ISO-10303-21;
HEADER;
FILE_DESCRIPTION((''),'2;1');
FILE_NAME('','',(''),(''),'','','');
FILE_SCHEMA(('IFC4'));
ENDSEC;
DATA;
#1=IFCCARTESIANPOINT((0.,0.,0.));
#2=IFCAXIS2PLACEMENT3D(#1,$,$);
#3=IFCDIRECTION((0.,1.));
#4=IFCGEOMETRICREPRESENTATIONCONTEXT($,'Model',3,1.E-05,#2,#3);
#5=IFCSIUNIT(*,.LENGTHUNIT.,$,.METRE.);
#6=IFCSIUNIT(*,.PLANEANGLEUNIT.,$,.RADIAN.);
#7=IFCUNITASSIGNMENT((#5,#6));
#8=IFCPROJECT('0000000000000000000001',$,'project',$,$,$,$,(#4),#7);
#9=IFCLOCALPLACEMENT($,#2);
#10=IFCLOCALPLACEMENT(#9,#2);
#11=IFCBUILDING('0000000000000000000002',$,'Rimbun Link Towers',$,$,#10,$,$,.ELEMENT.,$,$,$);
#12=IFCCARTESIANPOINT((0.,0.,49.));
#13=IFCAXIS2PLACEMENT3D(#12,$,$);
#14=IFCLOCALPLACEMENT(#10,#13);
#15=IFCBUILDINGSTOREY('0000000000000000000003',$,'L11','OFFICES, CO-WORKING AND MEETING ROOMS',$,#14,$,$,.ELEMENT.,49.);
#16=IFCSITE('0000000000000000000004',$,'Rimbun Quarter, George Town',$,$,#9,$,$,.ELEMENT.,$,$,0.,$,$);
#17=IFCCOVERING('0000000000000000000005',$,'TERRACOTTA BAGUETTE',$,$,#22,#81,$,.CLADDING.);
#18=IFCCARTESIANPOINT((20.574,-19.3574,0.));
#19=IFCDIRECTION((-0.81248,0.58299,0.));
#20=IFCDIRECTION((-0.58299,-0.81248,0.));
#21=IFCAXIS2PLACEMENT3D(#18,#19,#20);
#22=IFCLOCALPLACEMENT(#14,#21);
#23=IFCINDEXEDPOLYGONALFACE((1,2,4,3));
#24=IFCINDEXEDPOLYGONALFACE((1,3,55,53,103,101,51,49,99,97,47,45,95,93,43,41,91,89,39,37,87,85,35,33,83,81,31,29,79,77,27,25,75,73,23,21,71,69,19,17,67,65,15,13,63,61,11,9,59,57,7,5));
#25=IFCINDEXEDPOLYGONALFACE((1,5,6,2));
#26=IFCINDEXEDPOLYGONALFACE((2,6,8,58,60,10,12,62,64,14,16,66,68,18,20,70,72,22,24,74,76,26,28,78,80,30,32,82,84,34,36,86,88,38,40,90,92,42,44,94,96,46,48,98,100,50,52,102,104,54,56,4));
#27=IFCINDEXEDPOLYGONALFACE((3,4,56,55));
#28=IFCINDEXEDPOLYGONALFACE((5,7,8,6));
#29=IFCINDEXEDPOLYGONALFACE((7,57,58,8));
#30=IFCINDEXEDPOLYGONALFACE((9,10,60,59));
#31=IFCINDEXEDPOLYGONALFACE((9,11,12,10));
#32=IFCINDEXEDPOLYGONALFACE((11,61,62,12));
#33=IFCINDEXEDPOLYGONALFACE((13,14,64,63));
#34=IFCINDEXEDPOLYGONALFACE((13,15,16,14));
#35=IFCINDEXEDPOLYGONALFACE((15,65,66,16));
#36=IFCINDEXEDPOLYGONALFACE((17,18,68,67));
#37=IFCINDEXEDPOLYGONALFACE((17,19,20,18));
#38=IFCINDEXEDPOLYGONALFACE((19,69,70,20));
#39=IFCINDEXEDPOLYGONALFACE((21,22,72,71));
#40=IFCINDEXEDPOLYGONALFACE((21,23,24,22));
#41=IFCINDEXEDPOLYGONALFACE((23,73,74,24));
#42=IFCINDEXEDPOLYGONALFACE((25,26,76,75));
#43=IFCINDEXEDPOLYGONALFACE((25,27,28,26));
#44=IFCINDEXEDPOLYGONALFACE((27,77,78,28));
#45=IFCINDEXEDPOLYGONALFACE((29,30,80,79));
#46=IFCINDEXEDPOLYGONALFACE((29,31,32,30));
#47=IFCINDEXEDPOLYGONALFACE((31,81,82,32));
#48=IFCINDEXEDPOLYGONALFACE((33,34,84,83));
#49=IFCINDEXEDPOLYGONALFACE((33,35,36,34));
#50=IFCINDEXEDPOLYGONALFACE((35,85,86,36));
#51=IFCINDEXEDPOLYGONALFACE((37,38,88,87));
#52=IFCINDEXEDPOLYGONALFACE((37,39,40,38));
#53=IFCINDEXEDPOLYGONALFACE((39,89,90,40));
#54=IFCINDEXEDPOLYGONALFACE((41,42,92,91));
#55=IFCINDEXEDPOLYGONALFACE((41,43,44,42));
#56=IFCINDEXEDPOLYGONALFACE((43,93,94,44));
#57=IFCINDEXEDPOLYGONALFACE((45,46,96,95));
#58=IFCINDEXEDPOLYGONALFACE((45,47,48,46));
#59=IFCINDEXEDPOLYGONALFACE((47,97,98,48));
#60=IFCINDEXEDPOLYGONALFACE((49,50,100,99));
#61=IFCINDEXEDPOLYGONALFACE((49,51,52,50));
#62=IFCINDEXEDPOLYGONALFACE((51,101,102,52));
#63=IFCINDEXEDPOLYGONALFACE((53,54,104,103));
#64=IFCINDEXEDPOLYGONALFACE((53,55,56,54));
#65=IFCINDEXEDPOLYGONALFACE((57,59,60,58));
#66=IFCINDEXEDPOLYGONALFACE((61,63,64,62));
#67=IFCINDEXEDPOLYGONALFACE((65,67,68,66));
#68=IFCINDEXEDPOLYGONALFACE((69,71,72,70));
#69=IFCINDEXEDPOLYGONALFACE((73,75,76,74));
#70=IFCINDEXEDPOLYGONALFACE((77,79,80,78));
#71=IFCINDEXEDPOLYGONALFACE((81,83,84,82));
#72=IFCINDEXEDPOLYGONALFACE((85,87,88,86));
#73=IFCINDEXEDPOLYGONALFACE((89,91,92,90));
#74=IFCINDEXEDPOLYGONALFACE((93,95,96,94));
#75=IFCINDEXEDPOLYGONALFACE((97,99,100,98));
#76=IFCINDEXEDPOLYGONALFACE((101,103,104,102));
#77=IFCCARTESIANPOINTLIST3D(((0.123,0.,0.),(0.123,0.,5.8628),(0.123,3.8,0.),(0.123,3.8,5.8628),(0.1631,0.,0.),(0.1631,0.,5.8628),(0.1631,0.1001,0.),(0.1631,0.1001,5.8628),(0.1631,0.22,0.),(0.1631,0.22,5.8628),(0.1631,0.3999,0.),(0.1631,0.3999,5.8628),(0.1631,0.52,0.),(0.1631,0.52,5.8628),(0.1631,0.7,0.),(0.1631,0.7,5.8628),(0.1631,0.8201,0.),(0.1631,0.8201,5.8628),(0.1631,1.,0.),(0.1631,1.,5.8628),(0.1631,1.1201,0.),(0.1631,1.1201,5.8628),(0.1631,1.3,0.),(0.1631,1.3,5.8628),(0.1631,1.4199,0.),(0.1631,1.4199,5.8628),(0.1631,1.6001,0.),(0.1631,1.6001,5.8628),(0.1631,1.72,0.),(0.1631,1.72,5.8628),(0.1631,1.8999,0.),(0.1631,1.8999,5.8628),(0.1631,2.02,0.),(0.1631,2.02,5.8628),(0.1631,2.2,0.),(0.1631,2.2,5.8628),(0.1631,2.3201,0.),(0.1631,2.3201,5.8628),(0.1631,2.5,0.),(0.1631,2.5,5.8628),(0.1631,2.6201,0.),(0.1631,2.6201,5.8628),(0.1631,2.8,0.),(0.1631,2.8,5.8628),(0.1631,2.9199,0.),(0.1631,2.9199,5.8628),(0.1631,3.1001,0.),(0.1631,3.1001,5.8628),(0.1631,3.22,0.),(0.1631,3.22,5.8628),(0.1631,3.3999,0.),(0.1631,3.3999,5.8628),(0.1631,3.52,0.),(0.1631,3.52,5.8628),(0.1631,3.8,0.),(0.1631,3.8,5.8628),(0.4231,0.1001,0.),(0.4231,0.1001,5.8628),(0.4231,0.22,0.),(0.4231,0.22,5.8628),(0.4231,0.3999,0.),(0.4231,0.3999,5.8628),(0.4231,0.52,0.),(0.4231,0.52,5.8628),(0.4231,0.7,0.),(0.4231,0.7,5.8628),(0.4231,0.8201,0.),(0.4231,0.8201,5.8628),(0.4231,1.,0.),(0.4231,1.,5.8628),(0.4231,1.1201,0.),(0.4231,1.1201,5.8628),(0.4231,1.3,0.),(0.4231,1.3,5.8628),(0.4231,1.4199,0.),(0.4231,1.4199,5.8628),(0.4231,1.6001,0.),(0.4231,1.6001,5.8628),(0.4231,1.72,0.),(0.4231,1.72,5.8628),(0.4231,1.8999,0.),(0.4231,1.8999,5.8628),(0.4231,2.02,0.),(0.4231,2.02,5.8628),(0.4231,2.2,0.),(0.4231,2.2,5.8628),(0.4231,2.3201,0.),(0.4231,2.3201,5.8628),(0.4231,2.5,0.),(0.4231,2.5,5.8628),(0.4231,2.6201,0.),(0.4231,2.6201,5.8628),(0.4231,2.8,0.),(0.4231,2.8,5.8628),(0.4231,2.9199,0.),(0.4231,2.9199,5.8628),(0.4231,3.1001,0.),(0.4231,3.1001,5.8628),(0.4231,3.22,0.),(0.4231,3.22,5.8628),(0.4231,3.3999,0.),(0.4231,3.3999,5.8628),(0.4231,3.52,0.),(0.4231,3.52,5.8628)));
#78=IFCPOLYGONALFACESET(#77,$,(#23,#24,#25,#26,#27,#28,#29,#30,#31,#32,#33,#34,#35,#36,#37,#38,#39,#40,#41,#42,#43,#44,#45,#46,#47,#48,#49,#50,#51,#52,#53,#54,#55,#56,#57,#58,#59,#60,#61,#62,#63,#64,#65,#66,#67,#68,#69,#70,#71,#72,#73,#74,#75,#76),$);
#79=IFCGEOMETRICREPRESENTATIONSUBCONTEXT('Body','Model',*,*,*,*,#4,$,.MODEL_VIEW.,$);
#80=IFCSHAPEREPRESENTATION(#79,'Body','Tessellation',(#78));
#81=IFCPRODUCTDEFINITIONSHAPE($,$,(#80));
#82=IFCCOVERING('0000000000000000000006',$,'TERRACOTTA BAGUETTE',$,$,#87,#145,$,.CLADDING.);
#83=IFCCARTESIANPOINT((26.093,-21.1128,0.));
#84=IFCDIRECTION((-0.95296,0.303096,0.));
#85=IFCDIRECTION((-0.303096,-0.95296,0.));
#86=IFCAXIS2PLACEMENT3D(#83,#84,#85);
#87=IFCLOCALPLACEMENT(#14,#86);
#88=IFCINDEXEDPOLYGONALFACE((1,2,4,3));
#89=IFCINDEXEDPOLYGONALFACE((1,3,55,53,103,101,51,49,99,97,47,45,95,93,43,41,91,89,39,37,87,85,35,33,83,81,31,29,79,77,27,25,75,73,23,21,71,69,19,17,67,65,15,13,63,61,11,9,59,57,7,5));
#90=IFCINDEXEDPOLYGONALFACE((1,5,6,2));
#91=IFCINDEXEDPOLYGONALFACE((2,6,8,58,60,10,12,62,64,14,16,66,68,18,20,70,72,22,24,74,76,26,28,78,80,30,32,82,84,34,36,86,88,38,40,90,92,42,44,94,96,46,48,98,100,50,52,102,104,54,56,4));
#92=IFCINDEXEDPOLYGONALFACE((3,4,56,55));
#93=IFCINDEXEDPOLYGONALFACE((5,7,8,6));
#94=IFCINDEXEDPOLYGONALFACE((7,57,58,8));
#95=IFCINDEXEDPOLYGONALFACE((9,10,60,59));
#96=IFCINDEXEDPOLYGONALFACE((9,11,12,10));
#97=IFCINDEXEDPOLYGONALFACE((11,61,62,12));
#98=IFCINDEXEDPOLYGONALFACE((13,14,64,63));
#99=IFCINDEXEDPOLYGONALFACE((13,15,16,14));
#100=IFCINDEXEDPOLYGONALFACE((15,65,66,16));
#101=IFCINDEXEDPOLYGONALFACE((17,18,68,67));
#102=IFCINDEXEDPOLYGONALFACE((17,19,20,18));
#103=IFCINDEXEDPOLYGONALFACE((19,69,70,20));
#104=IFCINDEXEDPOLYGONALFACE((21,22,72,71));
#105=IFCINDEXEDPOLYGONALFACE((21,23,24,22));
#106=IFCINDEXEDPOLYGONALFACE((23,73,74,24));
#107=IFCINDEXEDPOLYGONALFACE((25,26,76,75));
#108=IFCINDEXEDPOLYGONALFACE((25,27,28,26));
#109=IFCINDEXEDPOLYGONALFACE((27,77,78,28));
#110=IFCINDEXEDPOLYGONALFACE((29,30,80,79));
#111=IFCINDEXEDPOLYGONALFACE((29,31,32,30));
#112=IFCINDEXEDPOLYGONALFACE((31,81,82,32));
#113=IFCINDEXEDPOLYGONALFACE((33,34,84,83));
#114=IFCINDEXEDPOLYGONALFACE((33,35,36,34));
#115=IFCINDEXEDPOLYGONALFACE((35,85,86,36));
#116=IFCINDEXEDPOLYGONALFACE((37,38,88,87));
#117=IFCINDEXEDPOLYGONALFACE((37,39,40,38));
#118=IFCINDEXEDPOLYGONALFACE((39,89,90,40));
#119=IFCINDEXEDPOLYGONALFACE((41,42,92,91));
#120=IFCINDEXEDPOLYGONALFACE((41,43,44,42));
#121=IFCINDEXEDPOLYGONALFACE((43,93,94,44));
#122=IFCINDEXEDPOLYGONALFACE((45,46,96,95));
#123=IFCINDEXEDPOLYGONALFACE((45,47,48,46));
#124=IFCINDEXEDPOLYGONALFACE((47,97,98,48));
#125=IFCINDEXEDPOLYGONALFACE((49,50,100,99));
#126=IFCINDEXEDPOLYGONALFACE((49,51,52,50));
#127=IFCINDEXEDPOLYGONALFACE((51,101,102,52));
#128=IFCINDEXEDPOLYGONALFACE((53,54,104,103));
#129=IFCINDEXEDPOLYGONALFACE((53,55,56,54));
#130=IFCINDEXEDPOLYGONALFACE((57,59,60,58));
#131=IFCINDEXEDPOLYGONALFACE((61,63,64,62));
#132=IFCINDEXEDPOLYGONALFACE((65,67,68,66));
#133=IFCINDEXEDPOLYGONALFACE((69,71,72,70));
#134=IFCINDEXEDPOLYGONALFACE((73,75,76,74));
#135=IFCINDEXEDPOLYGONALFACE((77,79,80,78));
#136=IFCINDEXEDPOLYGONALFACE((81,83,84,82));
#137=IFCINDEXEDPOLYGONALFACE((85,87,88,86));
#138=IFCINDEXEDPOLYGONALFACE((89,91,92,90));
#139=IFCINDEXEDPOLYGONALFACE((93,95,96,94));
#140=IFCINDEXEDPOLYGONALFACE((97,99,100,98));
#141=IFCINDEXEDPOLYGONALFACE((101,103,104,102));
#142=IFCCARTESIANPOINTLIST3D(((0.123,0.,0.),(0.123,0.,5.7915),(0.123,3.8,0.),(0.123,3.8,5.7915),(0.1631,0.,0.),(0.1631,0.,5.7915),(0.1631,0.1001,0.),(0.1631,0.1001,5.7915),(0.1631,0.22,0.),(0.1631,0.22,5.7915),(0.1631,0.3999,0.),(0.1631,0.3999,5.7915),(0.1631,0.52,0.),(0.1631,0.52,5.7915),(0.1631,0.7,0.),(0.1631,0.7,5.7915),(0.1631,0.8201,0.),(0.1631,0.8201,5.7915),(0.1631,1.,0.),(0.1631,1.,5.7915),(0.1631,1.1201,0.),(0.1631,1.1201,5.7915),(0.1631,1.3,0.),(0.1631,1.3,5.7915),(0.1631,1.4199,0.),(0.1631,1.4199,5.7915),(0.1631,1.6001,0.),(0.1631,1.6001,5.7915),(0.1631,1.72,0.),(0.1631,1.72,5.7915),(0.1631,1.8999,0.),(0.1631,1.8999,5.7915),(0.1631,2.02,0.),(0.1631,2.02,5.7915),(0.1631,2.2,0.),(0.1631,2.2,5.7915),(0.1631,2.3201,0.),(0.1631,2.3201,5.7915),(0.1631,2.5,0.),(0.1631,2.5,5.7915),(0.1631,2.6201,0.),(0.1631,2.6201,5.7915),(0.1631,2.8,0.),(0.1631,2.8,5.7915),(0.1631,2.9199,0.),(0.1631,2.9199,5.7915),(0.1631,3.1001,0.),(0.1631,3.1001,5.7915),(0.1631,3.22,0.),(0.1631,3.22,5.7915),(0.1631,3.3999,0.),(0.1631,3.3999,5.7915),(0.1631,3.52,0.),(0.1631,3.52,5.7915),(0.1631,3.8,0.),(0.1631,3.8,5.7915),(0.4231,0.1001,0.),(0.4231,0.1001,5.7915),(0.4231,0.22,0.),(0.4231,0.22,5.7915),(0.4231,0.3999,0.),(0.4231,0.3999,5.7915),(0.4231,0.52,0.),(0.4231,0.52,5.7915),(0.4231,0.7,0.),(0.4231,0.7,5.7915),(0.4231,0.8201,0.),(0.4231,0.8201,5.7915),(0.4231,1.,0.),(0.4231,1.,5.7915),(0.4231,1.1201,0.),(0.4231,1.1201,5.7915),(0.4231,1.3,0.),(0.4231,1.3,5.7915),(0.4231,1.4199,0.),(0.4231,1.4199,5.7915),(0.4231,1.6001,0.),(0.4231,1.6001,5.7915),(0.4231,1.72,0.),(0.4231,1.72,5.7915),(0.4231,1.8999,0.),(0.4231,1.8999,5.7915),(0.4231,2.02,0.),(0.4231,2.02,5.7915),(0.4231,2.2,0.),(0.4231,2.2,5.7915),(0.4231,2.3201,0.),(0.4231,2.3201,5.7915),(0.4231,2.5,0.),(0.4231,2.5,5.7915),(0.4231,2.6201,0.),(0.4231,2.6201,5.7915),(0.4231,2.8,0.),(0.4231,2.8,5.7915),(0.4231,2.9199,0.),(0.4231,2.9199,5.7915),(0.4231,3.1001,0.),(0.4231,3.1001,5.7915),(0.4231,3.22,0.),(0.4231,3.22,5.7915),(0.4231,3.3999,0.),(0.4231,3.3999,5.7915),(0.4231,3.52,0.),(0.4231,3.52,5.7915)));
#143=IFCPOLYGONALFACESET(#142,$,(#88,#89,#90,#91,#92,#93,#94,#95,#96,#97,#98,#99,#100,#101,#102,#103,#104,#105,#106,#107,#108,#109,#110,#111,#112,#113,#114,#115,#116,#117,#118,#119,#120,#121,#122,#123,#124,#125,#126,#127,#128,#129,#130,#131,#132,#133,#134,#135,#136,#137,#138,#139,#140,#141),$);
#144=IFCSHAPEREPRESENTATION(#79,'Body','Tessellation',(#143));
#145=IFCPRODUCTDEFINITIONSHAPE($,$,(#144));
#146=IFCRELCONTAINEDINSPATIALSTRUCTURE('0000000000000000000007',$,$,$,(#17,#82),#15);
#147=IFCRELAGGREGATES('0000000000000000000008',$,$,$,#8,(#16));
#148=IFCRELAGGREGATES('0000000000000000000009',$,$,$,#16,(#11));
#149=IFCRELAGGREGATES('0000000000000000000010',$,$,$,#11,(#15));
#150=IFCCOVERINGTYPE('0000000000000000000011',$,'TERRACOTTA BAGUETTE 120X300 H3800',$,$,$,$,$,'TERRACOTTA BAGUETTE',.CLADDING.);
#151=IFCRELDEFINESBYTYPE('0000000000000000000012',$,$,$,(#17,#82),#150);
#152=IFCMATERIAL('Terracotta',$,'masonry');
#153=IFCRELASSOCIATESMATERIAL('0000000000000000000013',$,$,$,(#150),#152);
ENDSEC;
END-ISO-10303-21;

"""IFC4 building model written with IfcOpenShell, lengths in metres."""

from ifc_helpers import new_model, si_unit, direction, frame, origin, place, context, subcontext, project, spatial, polyline, outline, extrude, material, material_profile, profile_set, type_object, element, save


model = new_model("IFC4")

# Units and contexts
model_context = context("Model", 3, precision=1e-05, world=origin(), true_north=direction((0.0, 1.0)))
body_context = subcontext(model_context, "Body", "Model", "MODEL_VIEW")
ifc_project = project(units=[si_unit("LENGTHUNIT", "METRE"), si_unit("PLANEANGLEUNIT", "RADIAN")], contexts=[model_context])

# Site, building, storey
site_placement = place(None, origin())
site = spatial("IfcSite", under=ifc_project, at=site_placement, Name="Rimbun Quarter, George Town", CompositionType="ELEMENT", RefElevation=0.0)
building_placement = place(site_placement, origin())
building = spatial("IfcBuilding", under=site, at=building_placement, Name="Rimbun Link Towers", CompositionType="ELEMENT")
storey_placement = place(building_placement, frame((0.0, 0.0, 49.0)))
storey = spatial("IfcBuildingStorey", under=building, at=storey_placement, Name="L11", Description="OFFICES, CO-WORKING AND MEETING ROOMS", CompositionType="ELEMENT", Elevation=49.0)

# Coverings
ifc_material_1 = material(Name="Terracotta", Category="masonry")
ifc_material_profile_1 = material_profile(ifc_material_1, outline(polyline([(0.123, 0.0), (0.1631, 0.0), (0.1631, 0.1001), (0.4231, 0.1001), (0.4231, 0.22), (0.1631, 0.22), (0.1631, 0.3999), (0.4231, 0.3999), (0.4231, 0.52), (0.1631, 0.52), (0.1631, 0.7), (0.4231, 0.7), (0.4231, 0.8201), (0.1631, 0.8201), (0.1631, 1.0), (0.4231, 1.0), (0.4231, 1.1201), (0.1631, 1.1201), (0.1631, 1.3), (0.4231, 1.3), (0.4231, 1.4199), (0.1631, 1.4199), (0.1631, 1.6001), (0.4231, 1.6001), (0.4231, 1.72), (0.1631, 1.72), (0.1631, 1.8999), (0.4231, 1.8999), (0.4231, 2.02), (0.1631, 2.02), (0.1631, 2.2), (0.4231, 2.2), (0.4231, 2.3201), (0.1631, 2.3201), (0.1631, 2.5), (0.4231, 2.5), (0.4231, 2.6201), (0.1631, 2.6201), (0.1631, 2.8), (0.4231, 2.8), (0.4231, 2.9199), (0.1631, 2.9199), (0.1631, 3.1001), (0.4231, 3.1001), (0.4231, 3.22), (0.1631, 3.22), (0.1631, 3.3999), (0.4231, 3.3999), (0.4231, 3.52), (0.1631, 3.52), (0.1631, 3.8), (0.123, 3.8), (0.123, 0.0)])), Name="BAGUETTE 120X300")
ifc_profile_set_1 = profile_set([ifc_material_profile_1], Name="Terracotta")
covering_type = type_object("IfcCoveringType", Name="TERRACOTTA BAGUETTE 120X300 H3800", ElementType="TERRACOTTA BAGUETTE", PredefinedType="CLADDING", material=ifc_profile_set_1)
for number, where, z_axis, x_axis, name in (
    (1, (20.574, -19.3574, 0.0), (-0.81248, 0.58299, 0.0), (-0.58299, -0.81248, 0.0), "TERRACOTTA BAGUETTE"),
):
    element("IfcCovering", number, at=place(storey_placement, frame(where, z_axis=z_axis, x_axis=x_axis)), inside=storey, type_object=covering_type, Name=name, PredefinedType="CLADDING", context=body_context, shape_type="SweptSolid", body=[
        extrude(outline(polyline([(0.123, 0.0), (0.1631, 0.0), (0.1631, 0.1001), (0.4231, 0.1001), (0.4231, 0.22), (0.1631, 0.22), (0.1631, 0.3999), (0.4231, 0.3999), (0.4231, 0.52), (0.1631, 0.52), (0.1631, 0.7), (0.4231, 0.7), (0.4231, 0.8201), (0.1631, 0.8201), (0.1631, 1.0), (0.4231, 1.0), (0.4231, 1.1201), (0.1631, 1.1201), (0.1631, 1.3), (0.4231, 1.3), (0.4231, 1.4199), (0.1631, 1.4199), (0.1631, 1.6001), (0.4231, 1.6001), (0.4231, 1.72), (0.1631, 1.72), (0.1631, 1.8999), (0.4231, 1.8999), (0.4231, 2.02), (0.1631, 2.02), (0.1631, 2.2), (0.4231, 2.2), (0.4231, 2.3201), (0.1631, 2.3201), (0.1631, 2.5), (0.4231, 2.5), (0.4231, 2.6201), (0.1631, 2.6201), (0.1631, 2.8), (0.4231, 2.8), (0.4231, 2.9199), (0.1631, 2.9199), (0.1631, 3.1001), (0.4231, 3.1001), (0.4231, 3.22), (0.1631, 3.22), (0.1631, 3.3999), (0.4231, 3.3999), (0.4231, 3.52), (0.1631, 3.52), (0.1631, 3.8), (0.123, 3.8), (0.123, 0.0)])), origin(), (0.0, 0.0, 1.0), 5.8628),
    ])
covering_placement = place(storey_placement, frame((26.093, -21.1128, 0.0), z_axis=(-0.95296, 0.303096, 0.0), x_axis=(-0.303096, -0.95296, 0.0)))
element("IfcCovering", 2, at=covering_placement, inside=storey, type_object=covering_type, Name="TERRACOTTA BAGUETTE", PredefinedType="CLADDING", context=body_context, shape_type="SweptSolid", body=[
    extrude(outline(polyline([(0.123, 0.0), (0.1631, 0.0), (0.1631, 0.1001), (0.4231, 0.1001), (0.4231, 0.22), (0.1631, 0.22), (0.1631, 0.3999), (0.4231, 0.3999), (0.4231, 0.52), (0.1631, 0.52), (0.1631, 0.7), (0.4231, 0.7), (0.4231, 0.8201), (0.1631, 0.8201), (0.1631, 1.0), (0.4231, 1.0), (0.4231, 1.1201), (0.1631, 1.1201), (0.1631, 1.3), (0.4231, 1.3), (0.4231, 1.4199), (0.1631, 1.4199), (0.1631, 1.6001), (0.4231, 1.6001), (0.4231, 1.72), (0.1631, 1.72), (0.1631, 1.8999), (0.4231, 1.8999), (0.4231, 2.02), (0.1631, 2.02), (0.1631, 2.2), (0.4231, 2.2), (0.4231, 2.3201), (0.1631, 2.3201), (0.1631, 2.5), (0.4231, 2.5), (0.4231, 2.6201), (0.1631, 2.6201), (0.1631, 2.8), (0.4231, 2.8), (0.4231, 2.9199), (0.1631, 2.9199), (0.1631, 3.1001), (0.4231, 3.1001), (0.4231, 3.22), (0.1631, 3.22), (0.1631, 3.3999), (0.4231, 3.3999), (0.4231, 3.52), (0.1631, 3.52), (0.1631, 3.8), (0.123, 3.8), (0.123, 0.0)])), origin(), (0.0, 0.0, 1.0), 5.7915),
])

save(model, "model.ifc")
